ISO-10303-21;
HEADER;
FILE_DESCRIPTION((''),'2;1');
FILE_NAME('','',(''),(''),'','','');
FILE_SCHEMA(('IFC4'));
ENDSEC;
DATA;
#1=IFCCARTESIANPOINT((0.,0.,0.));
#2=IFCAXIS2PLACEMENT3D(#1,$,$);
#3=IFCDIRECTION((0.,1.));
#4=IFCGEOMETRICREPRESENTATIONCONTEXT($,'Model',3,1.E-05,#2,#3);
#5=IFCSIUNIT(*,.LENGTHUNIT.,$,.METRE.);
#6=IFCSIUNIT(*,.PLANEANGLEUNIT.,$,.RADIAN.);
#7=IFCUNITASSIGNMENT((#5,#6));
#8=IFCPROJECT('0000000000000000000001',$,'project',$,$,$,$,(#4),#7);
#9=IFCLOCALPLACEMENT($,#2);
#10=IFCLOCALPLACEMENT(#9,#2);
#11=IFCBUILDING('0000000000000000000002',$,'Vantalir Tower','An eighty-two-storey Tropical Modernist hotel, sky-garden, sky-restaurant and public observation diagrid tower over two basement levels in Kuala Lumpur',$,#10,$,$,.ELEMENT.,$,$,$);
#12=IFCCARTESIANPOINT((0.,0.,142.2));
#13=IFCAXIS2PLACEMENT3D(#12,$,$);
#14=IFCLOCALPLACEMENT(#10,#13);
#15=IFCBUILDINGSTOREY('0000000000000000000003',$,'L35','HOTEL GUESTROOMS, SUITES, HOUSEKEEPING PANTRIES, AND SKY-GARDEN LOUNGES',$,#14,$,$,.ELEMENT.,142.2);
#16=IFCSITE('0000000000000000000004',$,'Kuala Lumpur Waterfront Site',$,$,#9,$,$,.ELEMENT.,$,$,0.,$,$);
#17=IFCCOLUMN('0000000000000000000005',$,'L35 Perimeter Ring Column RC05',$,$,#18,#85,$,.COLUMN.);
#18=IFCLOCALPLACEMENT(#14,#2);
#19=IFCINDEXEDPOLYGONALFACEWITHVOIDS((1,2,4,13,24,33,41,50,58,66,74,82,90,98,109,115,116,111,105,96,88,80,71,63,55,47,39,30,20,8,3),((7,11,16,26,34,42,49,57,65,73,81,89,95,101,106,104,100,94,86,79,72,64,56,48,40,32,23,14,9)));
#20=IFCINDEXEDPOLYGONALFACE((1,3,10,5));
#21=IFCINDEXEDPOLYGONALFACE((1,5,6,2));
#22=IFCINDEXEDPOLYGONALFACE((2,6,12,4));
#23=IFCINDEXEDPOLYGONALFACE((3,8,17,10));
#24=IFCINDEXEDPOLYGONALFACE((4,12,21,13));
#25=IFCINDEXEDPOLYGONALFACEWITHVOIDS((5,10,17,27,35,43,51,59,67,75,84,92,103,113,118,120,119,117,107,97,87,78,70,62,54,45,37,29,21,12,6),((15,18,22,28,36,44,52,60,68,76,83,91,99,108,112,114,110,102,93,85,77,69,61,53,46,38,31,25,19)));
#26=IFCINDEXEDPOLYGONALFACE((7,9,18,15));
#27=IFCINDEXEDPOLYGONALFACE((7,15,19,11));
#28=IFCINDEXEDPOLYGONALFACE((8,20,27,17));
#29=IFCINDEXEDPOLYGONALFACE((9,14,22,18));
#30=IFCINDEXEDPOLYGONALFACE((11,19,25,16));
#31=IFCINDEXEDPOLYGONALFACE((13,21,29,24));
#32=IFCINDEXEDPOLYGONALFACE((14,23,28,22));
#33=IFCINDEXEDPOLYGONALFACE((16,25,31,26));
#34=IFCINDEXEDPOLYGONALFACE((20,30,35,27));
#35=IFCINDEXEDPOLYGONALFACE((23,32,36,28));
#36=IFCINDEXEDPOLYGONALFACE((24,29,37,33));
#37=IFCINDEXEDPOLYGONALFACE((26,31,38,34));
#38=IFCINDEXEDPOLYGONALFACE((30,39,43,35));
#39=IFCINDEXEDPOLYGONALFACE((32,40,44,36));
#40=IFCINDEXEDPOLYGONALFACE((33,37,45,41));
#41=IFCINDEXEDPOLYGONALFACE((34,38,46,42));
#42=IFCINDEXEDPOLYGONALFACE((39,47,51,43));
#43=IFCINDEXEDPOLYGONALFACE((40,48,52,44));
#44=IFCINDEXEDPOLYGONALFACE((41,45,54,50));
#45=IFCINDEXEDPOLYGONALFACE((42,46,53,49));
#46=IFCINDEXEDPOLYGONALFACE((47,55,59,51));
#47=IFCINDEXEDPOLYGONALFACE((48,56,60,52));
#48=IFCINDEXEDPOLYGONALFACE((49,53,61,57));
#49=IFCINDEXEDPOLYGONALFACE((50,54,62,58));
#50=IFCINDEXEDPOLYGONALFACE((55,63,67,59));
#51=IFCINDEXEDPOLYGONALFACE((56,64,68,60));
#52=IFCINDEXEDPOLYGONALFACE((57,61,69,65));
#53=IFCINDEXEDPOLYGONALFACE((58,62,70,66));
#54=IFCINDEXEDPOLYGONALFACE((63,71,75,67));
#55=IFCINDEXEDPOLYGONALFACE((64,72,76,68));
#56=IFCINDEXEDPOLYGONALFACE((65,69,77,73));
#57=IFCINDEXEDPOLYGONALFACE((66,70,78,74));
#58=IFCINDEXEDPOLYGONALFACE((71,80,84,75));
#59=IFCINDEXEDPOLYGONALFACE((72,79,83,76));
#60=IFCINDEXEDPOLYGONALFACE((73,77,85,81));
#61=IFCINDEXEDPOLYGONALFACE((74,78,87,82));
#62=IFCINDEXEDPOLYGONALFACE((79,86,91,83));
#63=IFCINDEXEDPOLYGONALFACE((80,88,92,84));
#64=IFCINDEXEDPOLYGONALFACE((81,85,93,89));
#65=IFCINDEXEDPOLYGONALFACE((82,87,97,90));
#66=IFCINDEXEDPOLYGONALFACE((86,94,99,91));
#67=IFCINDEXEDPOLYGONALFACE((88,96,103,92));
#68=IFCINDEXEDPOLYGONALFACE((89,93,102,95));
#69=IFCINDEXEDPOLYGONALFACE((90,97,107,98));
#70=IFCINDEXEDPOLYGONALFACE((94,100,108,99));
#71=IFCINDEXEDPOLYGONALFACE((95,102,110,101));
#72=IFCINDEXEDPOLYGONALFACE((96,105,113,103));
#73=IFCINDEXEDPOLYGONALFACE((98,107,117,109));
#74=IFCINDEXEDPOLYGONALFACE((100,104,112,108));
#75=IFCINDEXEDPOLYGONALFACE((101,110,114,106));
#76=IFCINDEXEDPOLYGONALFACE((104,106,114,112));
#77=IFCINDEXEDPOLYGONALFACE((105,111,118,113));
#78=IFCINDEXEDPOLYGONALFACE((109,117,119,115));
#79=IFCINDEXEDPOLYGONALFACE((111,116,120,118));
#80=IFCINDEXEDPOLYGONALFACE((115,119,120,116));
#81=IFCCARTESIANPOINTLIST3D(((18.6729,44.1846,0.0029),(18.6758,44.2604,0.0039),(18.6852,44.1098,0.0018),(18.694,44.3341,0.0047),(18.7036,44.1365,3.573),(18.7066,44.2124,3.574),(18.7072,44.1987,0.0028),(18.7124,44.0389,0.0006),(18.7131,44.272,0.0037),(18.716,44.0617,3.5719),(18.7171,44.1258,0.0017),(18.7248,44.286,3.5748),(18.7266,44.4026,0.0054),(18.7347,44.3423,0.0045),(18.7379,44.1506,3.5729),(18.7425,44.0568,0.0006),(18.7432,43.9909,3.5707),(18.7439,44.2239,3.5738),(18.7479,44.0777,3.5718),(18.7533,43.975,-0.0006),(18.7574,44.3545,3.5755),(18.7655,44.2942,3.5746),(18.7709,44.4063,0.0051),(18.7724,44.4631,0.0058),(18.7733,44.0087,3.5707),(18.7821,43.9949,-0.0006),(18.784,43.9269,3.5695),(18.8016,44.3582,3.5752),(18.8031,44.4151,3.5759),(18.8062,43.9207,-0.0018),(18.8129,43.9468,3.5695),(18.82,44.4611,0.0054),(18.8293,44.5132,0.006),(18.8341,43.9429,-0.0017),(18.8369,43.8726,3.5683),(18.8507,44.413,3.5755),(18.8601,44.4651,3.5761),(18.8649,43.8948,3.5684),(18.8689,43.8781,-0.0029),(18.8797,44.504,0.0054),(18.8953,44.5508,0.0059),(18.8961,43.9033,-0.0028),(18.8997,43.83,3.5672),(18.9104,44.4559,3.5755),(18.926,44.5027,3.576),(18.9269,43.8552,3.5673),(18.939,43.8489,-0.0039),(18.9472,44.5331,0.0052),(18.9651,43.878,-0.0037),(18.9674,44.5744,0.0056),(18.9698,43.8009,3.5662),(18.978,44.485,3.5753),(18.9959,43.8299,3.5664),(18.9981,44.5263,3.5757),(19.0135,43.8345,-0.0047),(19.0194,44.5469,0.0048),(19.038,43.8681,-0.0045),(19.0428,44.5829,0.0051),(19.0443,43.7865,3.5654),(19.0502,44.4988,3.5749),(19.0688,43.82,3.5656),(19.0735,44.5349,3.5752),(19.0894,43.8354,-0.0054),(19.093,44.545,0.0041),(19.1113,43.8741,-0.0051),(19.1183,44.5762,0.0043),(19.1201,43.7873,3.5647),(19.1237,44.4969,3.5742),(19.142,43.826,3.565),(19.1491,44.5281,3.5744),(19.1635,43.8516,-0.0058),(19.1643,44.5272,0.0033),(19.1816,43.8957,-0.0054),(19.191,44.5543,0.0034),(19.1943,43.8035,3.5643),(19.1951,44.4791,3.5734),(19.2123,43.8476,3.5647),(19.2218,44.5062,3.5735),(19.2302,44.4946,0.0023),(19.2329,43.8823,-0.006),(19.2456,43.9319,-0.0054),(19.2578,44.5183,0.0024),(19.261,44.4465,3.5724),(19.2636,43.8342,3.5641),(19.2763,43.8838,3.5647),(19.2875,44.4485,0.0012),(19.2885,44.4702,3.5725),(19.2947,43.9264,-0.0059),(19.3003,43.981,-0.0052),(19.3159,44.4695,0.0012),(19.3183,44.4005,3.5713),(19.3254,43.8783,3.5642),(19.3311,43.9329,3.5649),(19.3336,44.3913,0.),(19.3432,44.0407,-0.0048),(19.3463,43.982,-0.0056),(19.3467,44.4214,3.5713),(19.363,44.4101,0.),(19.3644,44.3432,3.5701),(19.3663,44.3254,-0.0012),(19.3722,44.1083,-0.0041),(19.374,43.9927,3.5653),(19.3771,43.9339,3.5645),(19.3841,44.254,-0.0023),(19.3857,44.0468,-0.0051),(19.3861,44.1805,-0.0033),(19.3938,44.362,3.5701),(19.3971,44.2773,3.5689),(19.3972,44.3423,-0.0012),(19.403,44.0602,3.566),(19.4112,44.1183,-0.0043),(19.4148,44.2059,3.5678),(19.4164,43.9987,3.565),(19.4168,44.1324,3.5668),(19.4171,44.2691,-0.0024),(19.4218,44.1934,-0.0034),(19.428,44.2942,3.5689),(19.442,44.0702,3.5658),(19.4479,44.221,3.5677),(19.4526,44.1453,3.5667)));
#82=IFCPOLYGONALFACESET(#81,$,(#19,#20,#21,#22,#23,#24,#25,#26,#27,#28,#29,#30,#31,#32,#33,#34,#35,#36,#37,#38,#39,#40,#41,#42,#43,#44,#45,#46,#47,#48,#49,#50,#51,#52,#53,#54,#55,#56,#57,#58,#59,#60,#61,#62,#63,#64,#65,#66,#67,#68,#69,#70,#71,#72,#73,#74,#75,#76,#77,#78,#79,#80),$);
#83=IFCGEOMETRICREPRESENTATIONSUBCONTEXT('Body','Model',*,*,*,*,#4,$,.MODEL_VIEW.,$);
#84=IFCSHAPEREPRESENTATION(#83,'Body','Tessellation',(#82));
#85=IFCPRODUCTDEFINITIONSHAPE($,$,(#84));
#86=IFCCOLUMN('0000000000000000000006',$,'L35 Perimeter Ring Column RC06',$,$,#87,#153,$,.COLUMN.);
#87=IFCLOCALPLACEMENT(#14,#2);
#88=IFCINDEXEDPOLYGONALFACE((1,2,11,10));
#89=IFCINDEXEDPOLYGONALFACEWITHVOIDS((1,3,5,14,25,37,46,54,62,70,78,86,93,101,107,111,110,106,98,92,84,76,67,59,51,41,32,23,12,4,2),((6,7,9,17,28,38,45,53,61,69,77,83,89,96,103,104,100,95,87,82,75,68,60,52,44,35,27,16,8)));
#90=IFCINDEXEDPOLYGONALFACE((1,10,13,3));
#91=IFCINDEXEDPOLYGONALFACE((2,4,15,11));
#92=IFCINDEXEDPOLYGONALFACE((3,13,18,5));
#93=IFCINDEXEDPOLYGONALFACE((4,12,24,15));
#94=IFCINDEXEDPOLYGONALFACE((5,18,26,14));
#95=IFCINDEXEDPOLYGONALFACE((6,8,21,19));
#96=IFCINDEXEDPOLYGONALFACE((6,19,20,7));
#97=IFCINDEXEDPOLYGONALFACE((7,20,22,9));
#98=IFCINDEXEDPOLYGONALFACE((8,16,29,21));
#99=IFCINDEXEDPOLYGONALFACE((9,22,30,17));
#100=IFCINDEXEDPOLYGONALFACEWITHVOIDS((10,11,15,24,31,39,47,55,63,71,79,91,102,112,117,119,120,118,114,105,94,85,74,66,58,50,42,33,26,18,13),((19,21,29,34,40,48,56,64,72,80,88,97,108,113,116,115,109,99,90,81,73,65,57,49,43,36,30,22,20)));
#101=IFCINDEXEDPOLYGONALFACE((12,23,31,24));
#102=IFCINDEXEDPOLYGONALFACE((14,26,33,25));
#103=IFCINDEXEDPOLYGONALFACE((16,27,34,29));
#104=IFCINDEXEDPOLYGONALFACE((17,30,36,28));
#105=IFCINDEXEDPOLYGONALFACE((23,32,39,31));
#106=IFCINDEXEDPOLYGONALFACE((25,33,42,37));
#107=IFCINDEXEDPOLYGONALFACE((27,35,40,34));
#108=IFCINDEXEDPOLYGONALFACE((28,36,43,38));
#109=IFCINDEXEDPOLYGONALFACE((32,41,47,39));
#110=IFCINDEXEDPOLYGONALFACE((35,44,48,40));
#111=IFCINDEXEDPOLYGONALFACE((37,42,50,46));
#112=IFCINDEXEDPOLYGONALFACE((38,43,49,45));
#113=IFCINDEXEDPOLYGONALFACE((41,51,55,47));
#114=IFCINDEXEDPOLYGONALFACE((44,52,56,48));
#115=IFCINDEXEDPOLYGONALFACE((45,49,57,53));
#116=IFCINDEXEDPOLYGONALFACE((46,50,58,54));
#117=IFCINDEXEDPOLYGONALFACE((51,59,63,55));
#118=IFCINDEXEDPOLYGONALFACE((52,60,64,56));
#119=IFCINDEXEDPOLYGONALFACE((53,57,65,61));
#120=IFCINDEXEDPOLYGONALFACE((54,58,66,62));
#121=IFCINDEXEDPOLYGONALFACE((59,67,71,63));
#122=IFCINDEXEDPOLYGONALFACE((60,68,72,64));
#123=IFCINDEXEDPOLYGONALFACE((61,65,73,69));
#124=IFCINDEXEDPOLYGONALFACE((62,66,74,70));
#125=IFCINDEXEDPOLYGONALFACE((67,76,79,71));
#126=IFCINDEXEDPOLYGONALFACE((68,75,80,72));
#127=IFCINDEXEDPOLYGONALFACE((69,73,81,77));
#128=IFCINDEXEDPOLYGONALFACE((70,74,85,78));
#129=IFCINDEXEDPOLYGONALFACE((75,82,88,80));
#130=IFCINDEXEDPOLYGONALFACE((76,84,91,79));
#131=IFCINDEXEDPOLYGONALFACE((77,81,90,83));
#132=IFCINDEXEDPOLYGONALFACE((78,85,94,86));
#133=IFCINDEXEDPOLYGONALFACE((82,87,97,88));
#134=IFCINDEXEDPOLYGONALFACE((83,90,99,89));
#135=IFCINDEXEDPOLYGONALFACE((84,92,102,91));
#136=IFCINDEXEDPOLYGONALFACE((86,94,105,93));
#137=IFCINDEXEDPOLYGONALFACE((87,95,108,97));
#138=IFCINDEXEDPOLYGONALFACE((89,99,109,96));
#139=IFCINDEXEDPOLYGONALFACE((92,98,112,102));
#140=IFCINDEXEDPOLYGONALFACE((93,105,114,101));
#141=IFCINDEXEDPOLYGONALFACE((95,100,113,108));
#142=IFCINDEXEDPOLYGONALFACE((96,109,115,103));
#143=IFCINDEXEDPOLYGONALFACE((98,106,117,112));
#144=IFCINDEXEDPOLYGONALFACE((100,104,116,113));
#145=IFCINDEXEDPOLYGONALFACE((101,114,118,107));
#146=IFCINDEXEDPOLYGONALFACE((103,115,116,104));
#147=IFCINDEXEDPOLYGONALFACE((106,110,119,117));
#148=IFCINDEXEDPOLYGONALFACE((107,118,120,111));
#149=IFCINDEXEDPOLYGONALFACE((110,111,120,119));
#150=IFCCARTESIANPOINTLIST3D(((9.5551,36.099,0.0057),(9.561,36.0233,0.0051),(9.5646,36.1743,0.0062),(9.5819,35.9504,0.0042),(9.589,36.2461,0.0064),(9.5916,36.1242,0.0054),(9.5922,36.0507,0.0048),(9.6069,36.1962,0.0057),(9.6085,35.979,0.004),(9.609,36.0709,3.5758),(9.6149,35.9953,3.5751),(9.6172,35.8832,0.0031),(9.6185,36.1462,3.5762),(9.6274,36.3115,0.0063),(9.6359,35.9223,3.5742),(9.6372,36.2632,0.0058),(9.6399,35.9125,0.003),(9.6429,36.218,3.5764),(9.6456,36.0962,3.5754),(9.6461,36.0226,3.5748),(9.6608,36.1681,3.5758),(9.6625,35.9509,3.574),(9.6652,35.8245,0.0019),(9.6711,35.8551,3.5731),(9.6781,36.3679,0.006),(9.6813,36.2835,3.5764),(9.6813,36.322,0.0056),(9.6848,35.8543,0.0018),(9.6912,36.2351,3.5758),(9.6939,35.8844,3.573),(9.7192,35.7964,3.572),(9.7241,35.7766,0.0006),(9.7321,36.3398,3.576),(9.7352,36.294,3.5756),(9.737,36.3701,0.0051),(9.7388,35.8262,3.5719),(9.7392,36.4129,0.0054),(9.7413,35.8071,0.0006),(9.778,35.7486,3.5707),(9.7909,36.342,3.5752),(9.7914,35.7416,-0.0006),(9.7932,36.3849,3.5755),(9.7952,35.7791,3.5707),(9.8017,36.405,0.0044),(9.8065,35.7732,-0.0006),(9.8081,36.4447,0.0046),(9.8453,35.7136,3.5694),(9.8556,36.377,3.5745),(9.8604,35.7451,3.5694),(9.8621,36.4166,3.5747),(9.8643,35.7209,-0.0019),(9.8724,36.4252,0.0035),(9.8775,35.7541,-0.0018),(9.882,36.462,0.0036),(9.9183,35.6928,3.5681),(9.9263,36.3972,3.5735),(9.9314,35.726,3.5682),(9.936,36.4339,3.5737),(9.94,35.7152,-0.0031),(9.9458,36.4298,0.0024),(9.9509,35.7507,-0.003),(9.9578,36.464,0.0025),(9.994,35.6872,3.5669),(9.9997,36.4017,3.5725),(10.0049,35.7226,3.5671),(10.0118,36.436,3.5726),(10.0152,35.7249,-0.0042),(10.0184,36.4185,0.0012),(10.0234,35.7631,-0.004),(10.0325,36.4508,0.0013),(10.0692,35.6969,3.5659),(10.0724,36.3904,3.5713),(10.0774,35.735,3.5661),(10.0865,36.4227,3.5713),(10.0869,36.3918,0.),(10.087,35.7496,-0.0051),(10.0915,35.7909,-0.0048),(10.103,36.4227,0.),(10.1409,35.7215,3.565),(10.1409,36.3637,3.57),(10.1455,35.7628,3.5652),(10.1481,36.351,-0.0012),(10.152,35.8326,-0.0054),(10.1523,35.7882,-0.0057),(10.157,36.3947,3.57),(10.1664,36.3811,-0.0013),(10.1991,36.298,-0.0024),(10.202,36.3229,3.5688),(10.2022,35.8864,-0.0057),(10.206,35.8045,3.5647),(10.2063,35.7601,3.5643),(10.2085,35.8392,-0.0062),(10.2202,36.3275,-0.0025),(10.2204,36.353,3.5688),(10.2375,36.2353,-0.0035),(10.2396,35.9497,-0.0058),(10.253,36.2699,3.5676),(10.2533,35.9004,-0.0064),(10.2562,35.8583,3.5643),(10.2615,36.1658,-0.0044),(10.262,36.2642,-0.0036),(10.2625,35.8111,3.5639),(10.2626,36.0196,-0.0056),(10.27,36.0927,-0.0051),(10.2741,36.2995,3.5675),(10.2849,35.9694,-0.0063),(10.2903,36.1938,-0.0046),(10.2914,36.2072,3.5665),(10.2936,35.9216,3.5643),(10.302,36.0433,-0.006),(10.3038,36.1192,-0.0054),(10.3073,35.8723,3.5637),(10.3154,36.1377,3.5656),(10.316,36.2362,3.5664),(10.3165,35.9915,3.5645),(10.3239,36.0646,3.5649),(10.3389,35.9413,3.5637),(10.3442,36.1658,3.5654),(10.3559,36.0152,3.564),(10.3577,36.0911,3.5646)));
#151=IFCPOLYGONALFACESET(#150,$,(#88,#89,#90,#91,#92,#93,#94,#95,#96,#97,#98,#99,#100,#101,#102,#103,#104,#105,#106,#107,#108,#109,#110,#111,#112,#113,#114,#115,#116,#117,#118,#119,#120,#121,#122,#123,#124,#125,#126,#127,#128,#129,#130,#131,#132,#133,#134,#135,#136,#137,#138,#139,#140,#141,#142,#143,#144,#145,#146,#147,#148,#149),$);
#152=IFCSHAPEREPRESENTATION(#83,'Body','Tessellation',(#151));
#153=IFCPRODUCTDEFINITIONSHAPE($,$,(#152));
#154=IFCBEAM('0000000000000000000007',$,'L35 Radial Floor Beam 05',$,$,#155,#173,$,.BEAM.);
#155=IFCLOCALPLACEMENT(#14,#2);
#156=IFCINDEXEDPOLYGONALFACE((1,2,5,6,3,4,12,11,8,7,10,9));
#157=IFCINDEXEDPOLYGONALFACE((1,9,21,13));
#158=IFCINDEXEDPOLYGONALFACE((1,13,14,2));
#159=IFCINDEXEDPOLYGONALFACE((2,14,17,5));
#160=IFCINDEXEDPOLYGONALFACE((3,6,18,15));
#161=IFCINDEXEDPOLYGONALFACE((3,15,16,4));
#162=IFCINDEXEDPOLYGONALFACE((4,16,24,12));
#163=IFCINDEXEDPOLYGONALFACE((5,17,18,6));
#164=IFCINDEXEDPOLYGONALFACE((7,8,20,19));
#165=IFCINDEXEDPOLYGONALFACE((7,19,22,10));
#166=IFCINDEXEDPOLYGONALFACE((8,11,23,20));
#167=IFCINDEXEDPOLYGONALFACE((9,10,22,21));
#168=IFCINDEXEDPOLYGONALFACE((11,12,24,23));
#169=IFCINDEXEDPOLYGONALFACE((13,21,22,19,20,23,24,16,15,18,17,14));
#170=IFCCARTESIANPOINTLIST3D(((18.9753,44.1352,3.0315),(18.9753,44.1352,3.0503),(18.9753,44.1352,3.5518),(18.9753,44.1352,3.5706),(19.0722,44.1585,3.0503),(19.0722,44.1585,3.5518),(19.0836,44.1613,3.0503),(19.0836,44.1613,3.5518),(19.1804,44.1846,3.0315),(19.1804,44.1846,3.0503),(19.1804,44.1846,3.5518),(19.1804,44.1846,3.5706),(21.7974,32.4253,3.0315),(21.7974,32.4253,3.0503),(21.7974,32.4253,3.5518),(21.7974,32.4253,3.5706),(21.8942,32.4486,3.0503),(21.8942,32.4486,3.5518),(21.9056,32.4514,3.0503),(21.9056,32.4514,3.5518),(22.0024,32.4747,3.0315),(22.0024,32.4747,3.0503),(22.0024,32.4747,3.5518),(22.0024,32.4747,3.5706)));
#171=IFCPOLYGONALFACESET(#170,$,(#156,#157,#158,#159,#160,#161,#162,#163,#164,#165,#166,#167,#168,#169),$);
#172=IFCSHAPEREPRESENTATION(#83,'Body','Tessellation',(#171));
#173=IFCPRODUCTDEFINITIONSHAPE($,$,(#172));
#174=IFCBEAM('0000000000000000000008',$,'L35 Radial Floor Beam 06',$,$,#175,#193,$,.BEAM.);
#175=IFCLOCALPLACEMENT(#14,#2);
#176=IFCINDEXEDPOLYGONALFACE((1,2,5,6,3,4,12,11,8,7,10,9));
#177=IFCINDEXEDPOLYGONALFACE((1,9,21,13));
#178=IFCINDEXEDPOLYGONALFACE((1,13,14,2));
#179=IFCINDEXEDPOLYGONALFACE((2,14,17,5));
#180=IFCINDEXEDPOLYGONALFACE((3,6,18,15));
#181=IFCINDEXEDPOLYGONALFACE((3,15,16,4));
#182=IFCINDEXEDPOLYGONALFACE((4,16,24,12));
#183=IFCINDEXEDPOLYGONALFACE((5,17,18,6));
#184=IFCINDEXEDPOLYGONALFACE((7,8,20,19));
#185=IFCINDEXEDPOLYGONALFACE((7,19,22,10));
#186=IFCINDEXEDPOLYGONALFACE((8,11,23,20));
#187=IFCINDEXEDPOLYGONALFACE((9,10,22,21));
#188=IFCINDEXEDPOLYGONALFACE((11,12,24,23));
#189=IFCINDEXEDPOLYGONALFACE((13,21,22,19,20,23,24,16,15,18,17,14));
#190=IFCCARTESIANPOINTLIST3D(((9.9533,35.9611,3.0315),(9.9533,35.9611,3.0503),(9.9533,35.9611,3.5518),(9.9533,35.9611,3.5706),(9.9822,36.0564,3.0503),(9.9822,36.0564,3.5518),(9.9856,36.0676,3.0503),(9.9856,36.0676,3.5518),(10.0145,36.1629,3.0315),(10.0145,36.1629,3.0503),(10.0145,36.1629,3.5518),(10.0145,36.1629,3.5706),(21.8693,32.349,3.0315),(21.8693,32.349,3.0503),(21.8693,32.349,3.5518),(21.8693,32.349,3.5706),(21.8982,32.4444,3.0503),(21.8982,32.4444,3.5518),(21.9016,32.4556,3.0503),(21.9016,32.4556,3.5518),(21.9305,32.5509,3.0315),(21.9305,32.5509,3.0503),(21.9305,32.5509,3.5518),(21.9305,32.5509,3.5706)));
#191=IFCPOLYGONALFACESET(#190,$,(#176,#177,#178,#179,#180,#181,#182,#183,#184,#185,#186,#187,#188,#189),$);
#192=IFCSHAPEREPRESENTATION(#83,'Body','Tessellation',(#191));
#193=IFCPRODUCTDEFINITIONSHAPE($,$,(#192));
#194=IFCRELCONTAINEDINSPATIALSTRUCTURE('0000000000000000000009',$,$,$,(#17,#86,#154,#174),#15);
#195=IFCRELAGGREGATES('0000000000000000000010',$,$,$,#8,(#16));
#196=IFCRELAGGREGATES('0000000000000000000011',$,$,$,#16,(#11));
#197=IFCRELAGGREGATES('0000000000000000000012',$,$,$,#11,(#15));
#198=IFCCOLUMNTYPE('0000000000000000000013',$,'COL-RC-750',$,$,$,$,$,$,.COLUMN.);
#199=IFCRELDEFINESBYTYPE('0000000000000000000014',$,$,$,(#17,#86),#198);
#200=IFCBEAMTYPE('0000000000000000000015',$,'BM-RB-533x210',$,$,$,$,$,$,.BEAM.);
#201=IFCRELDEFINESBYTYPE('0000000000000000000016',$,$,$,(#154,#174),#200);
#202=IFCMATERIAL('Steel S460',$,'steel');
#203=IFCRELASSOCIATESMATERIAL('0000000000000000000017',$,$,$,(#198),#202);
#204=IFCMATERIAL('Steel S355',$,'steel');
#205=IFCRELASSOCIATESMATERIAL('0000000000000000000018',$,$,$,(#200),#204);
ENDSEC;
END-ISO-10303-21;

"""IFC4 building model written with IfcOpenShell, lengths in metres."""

from ifc_helpers import new_model, si_unit, direction, frame, origin, origin_2d, place, context, subcontext, project, spatial, hollow_circle, i_section, extrude, material, material_profile, profile_set, type_object, element, save


model = new_model("IFC4")

# Units and contexts
model_context = context("Model", 3, precision=1e-05, world=origin(), true_north=direction((0.0, 1.0)))
body_context = subcontext(model_context, "Body", "Model", "MODEL_VIEW")
ifc_project = project(units=[si_unit("LENGTHUNIT", "METRE"), si_unit("PLANEANGLEUNIT", "RADIAN")], contexts=[model_context])

# Site, building, storey
site_placement = place(None, origin())
site = spatial("IfcSite", under=ifc_project, at=site_placement, Name="Kuala Lumpur Waterfront Site", CompositionType="ELEMENT", RefElevation=0.0)
building_placement = place(site_placement, origin())
building = spatial("IfcBuilding", under=site, at=building_placement, Name="Vantalir Tower", Description="An eighty-two-storey Tropical Modernist hotel, sky-garden, sky-restaurant and public observation diagrid tower over two basement levels in Kuala Lumpur", CompositionType="ELEMENT")
storey_placement = place(building_placement, frame((0.0, 0.0, 142.2)))
storey = spatial("IfcBuildingStorey", under=building, at=storey_placement, Name="L35", Description="HOTEL GUESTROOMS, SUITES, HOUSEKEEPING PANTRIES, AND SKY-GARDEN LOUNGES", CompositionType="ELEMENT", Elevation=142.2)

# Columns
ifc_material_1 = material(Name="Steel S460", Category="steel")
ifc_material_profile_1 = material_profile(ifc_material_1, hollow_circle(Radius=0.375, WallThickness=0.0349, at=origin_2d()), Name="Steel S460")
ifc_profile_set_1 = profile_set([ifc_material_profile_1], Name="Steel S460")
column_type = type_object("IfcColumnType", Name="COL-RC-750", PredefinedType="COLUMN", material=ifc_profile_set_1)
for number, where, z_axis, x_axis, name in (
    (1, (19.0471, 44.208, 0.0), (0.008615, -0.01347, 0.999872), (0.842427, 0.538811, 0.0), "L35 Perimeter Ring Column RC05"),
    (2, (9.9299, 36.0901, 0.0), (0.015111, -0.007863, 0.999855), (0.461605, 0.887085, 0.0), "L35 Perimeter Ring Column RC06"),
):
    element("IfcColumn", number, at=place(storey_placement, frame(where, z_axis=z_axis, x_axis=x_axis)), inside=storey, type_object=column_type, Name=name, PredefinedType="COLUMN", context=body_context, shape_type="SweptSolid", body=[
        extrude(hollow_circle(Radius=0.375, WallThickness=0.0349, at=origin_2d()), origin(), (0.0, 0.0, 1.0), 3.5706),
    ])

# Beams
ifc_material_2 = material(Name="Steel S355", Category="steel")
ifc_material_profile_2 = material_profile(ifc_material_2, i_section(OverallWidth=0.2109, OverallDepth=0.5391, WebThickness=0.0117, FlangeThickness=0.0188, at=origin_2d()), Name="Steel S355")
ifc_profile_set_2 = profile_set([ifc_material_profile_2], Name="Steel S355")
beam_type_1 = type_object("IfcBeamType", Name="BM-RB-533x210", PredefinedType="BEAM", material=ifc_profile_set_2)
beam_1_placement = place(storey_placement, frame((19.0779, 44.1599, 3.301), z_axis=(0.234286, -0.972168, 0.0), x_axis=(0.972168, 0.234286, 0.0)))
element("IfcBeam", 3, at=beam_1_placement, inside=storey, type_object=beam_type_1, Name="L35 Radial Floor Beam 05", PredefinedType="BEAM", context=body_context, shape_type="SweptSolid", body=[
    extrude(i_section(OverallWidth=0.2109, OverallDepth=0.5391, WebThickness=0.0117, FlangeThickness=0.0188, at=origin_2d()), origin(), (0.0, 0.0, 1.0), 12.0452),
])
beam_2_placement = place(storey_placement, frame((9.9839, 36.062, 3.301), z_axis=(0.956999, -0.290092, 0.0), x_axis=(0.290092, 0.956999, 0.0)))
element("IfcBeam", 4, at=beam_2_placement, inside=storey, type_object=beam_type_1, Name="L35 Radial Floor Beam 06", PredefinedType="BEAM", context=body_context, shape_type="SweptSolid", body=[
    extrude(i_section(OverallWidth=0.2109, OverallDepth=0.5391, WebThickness=0.0117, FlangeThickness=0.0188, at=origin_2d()), origin(), (0.0, 0.0, 1.0), 12.4514),
])

save(model, "model.ifc")
